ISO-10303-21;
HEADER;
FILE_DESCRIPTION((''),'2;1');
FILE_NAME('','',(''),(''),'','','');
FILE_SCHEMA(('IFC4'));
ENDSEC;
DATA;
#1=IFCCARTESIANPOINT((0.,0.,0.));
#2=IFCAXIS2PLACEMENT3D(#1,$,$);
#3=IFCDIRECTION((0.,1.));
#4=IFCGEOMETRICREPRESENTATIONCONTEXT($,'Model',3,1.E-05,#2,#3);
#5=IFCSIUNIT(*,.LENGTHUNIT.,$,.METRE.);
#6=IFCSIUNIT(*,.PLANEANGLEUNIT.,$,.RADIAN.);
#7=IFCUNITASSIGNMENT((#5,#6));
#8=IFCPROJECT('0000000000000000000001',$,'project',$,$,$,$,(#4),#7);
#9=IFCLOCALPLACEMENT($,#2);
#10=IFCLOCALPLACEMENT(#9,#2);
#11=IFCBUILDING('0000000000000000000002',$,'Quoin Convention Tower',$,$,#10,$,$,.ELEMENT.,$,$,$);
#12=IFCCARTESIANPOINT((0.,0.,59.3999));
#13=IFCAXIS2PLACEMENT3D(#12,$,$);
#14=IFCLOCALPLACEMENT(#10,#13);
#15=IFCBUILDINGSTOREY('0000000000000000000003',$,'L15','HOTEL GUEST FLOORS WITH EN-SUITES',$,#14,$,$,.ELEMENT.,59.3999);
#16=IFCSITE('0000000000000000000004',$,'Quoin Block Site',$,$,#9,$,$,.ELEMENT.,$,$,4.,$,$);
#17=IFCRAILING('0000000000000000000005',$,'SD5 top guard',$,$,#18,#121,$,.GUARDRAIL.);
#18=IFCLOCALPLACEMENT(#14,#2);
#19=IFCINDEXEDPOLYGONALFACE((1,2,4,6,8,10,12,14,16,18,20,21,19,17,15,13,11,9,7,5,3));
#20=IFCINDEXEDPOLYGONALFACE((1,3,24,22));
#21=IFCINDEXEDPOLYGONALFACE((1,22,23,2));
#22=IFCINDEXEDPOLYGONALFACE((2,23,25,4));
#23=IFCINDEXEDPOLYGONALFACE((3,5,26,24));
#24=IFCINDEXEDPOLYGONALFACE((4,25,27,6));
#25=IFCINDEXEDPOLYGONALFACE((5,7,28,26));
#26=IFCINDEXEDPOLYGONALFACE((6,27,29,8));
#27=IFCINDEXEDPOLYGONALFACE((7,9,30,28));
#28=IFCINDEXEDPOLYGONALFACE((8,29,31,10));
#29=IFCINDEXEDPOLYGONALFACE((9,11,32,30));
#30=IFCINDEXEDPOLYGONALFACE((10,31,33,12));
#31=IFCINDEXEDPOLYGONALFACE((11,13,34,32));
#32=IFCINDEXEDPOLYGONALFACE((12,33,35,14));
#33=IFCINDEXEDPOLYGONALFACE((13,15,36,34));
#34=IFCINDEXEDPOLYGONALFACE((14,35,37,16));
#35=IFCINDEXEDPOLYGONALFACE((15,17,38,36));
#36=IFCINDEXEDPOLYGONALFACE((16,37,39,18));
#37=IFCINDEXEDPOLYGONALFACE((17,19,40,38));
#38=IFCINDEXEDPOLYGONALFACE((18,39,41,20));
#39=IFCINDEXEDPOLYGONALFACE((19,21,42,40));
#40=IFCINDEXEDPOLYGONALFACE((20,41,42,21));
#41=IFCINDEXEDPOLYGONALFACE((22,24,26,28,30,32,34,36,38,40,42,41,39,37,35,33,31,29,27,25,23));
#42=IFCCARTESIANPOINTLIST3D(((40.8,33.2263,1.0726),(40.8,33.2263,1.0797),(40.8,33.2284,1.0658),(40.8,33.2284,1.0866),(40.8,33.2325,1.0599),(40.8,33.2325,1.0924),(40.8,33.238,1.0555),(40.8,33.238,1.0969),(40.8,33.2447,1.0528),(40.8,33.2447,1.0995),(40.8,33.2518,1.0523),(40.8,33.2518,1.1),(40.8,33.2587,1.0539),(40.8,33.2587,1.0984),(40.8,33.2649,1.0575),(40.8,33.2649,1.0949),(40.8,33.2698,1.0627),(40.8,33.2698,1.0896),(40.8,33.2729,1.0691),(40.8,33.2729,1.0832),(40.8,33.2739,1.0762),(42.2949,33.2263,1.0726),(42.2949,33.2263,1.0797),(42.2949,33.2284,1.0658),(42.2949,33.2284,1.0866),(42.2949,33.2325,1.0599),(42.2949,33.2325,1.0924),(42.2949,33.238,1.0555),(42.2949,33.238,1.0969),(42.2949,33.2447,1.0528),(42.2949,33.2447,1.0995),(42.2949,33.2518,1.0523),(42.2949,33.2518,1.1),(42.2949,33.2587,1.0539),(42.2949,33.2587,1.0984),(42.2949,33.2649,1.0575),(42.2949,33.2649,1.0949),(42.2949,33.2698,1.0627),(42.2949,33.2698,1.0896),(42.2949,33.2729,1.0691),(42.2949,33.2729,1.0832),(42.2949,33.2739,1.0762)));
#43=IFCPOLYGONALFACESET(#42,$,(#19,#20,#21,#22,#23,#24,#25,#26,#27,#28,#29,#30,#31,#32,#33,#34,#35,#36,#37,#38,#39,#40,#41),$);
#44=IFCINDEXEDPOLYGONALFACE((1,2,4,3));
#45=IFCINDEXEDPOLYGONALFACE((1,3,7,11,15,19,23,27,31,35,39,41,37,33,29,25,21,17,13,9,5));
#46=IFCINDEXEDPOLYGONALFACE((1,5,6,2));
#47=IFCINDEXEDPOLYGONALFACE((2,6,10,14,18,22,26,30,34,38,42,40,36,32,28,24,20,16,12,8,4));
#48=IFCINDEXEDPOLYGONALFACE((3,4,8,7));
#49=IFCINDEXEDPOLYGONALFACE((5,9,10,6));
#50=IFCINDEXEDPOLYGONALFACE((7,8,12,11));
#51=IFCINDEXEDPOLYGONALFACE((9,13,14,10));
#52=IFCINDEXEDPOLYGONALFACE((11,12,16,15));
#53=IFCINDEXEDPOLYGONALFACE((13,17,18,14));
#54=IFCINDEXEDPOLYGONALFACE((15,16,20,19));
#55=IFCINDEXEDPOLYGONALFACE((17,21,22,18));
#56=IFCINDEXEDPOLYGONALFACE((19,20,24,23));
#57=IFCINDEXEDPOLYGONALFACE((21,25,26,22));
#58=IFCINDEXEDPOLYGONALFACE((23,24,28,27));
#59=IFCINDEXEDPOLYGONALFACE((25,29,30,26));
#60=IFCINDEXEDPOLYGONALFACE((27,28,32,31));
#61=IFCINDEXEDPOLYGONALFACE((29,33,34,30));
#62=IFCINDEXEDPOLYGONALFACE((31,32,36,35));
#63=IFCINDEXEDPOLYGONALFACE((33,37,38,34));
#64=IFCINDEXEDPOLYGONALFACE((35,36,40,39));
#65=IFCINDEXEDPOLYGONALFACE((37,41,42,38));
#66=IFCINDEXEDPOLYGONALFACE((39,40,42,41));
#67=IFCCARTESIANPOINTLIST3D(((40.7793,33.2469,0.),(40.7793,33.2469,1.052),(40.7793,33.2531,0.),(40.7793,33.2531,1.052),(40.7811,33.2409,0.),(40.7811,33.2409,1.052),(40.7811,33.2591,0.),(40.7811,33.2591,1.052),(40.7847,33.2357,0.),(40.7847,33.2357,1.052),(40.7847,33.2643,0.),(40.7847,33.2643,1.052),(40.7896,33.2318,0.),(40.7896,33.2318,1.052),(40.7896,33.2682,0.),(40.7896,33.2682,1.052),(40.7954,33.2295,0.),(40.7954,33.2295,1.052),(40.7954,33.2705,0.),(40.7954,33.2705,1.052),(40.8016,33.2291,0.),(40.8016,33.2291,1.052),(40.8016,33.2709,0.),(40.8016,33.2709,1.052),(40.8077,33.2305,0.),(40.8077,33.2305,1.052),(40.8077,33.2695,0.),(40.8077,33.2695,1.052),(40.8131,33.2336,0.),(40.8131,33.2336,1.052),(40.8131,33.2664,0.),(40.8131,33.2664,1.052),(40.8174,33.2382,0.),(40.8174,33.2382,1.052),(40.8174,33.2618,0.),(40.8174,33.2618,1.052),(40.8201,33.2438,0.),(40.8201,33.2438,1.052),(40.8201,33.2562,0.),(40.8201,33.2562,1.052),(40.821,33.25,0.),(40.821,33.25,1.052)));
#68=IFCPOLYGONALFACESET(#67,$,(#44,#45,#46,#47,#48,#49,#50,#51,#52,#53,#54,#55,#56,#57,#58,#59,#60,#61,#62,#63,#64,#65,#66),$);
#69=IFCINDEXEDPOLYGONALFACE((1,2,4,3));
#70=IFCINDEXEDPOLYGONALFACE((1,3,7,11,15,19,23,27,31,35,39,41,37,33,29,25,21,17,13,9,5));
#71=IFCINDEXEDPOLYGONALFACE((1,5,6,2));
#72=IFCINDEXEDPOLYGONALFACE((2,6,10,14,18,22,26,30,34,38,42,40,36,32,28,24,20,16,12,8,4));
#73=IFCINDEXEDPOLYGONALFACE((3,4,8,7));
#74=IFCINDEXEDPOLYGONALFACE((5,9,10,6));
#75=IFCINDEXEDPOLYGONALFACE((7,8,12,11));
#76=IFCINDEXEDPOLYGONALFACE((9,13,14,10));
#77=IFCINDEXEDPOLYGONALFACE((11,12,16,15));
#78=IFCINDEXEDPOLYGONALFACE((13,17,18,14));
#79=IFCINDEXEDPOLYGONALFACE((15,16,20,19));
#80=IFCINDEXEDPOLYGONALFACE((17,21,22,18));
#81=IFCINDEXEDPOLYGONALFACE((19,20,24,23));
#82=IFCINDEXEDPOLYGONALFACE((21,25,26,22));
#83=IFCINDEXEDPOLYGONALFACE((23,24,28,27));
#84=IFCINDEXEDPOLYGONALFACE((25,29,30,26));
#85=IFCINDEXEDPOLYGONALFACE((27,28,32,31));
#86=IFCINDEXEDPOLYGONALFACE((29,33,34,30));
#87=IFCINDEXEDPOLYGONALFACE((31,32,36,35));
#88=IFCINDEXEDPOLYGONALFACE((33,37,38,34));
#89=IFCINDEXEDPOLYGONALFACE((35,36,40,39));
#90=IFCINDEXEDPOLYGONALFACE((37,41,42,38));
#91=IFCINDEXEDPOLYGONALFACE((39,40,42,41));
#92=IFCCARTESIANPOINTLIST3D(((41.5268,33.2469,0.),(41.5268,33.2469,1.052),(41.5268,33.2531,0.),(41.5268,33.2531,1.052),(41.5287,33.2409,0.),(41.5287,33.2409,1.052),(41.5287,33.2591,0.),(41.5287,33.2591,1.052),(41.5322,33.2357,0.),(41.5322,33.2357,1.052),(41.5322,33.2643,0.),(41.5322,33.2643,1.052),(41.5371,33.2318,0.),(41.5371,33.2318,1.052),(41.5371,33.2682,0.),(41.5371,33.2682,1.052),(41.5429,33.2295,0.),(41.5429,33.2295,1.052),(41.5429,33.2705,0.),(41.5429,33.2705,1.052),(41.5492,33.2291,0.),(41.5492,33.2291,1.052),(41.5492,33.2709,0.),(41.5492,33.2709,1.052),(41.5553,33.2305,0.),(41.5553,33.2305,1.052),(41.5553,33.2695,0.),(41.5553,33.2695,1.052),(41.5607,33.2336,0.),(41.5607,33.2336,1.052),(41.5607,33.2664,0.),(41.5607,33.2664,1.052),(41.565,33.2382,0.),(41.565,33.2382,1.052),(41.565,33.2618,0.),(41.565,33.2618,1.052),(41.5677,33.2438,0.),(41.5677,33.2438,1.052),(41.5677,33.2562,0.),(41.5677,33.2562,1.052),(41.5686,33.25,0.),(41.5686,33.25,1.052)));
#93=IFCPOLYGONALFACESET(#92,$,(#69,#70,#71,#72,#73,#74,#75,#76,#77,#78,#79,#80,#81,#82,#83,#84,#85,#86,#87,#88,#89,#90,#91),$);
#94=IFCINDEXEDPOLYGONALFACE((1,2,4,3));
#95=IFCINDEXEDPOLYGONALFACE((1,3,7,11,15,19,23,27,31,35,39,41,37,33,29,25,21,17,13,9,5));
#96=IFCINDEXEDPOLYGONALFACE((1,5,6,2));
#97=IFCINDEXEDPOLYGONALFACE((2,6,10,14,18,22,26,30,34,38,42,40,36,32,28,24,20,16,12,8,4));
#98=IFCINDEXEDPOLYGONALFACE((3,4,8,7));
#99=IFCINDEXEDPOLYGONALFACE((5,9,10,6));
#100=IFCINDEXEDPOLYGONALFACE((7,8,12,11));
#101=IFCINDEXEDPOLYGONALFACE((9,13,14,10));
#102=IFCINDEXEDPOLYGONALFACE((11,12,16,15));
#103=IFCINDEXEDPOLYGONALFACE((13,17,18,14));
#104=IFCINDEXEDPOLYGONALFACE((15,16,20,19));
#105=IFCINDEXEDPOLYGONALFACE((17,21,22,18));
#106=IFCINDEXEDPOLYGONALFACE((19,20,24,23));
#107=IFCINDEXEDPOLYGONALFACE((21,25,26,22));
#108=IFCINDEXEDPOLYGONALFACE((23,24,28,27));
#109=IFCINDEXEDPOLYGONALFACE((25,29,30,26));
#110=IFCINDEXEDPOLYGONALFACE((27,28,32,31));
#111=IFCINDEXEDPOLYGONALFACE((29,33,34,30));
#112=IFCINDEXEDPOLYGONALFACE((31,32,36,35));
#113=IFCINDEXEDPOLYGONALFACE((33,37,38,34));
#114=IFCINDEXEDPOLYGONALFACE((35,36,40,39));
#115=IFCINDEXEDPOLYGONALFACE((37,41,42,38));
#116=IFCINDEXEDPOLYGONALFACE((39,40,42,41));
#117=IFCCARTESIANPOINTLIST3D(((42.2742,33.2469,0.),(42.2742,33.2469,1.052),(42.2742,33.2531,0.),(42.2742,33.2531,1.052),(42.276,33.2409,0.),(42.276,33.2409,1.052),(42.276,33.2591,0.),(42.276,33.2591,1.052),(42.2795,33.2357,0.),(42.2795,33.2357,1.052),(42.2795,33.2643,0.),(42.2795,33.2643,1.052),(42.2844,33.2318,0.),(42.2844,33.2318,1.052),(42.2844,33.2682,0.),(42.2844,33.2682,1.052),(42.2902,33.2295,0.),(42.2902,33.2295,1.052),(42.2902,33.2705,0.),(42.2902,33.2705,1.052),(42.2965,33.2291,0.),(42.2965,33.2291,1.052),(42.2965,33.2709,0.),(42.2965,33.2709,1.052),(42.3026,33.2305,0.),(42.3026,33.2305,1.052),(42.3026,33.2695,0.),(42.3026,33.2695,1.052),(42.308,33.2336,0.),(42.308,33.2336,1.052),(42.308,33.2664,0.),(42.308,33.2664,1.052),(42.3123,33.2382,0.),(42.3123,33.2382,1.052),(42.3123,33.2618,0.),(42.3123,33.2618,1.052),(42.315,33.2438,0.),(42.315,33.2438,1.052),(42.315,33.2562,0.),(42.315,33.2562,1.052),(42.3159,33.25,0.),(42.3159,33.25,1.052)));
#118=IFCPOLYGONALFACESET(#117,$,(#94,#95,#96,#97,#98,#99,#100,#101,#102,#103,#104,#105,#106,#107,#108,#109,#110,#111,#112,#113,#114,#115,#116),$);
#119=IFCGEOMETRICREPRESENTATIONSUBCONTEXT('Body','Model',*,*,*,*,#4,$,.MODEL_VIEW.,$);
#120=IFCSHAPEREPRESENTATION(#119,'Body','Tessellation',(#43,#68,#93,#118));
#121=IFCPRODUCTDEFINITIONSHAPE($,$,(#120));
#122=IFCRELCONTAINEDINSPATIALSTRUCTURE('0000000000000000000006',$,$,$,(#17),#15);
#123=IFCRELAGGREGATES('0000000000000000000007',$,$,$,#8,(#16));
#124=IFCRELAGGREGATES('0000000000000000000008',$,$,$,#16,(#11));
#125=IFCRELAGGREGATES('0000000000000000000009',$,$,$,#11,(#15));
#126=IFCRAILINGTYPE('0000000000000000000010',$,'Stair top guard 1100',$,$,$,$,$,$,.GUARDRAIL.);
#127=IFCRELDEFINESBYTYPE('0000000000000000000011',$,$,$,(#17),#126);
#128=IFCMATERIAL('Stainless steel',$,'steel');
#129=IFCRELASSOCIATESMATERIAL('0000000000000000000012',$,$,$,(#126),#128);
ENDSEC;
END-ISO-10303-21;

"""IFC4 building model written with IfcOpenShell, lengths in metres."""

from ifc_helpers import new_model, si_unit, direction, frame, origin, origin_2d, place, context, subcontext, project, spatial, circle, extrude, material, type_object, element, save


model = new_model("IFC4")

# Units and contexts
model_context = context("Model", 3, precision=1e-05, world=origin(), true_north=direction((0.0, 1.0)))
body_context = subcontext(model_context, "Body", "Model", "MODEL_VIEW")
ifc_project = project(units=[si_unit("LENGTHUNIT", "METRE"), si_unit("PLANEANGLEUNIT", "RADIAN")], contexts=[model_context])

# Site, building, storey
site_placement = place(None, origin())
site = spatial("IfcSite", under=ifc_project, at=site_placement, Name="Quoin Block Site", CompositionType="ELEMENT", RefElevation=4.0)
building_placement = place(site_placement, origin())
building = spatial("IfcBuilding", under=site, at=building_placement, Name="Quoin Convention Tower", CompositionType="ELEMENT")
storey_placement = place(building_placement, frame((0.0, 0.0, 59.3999)))
storey = spatial("IfcBuildingStorey", under=building, at=storey_placement, Name="L15", Description="HOTEL GUEST FLOORS WITH EN-SUITES", CompositionType="ELEMENT", Elevation=59.3999)

# Railing
ifc_material_1 = material(Name="Stainless steel", Category="steel")
railing_type = type_object("IfcRailingType", Name="Stair top guard 1100", PredefinedType="GUARDRAIL", material=ifc_material_1)
railing_placement = place(storey_placement, frame((40.8, 33.25, 0.0)))
element("IfcRailing", 1, at=railing_placement, inside=storey, type_object=railing_type, Name="SD5 top guard", PredefinedType="GUARDRAIL", context=body_context, shape_type="SweptSolid", body=[
    extrude(circle(Radius=0.0239, at=origin_2d()), frame((0.0, 0.0, 1.0762), z_axis=(1.0, 0.0, 0.0), x_axis=(0.0, 1.0, 0.0)), (0.0, 0.0, 1.0), 1.4949),
    extrude(circle(Radius=0.021, at=origin_2d()), origin(), (0.0, 0.0, 1.0), 1.052),
    extrude(circle(Radius=0.021, at=origin_2d()), frame((0.7476, 0.0, 0.0)), (0.0, 0.0, 1.0), 1.052),
    extrude(circle(Radius=0.021, at=origin_2d()), frame((1.4949, 0.0, 0.0)), (0.0, 0.0, 1.0), 1.052),
])

save(model, "model.ifc")
